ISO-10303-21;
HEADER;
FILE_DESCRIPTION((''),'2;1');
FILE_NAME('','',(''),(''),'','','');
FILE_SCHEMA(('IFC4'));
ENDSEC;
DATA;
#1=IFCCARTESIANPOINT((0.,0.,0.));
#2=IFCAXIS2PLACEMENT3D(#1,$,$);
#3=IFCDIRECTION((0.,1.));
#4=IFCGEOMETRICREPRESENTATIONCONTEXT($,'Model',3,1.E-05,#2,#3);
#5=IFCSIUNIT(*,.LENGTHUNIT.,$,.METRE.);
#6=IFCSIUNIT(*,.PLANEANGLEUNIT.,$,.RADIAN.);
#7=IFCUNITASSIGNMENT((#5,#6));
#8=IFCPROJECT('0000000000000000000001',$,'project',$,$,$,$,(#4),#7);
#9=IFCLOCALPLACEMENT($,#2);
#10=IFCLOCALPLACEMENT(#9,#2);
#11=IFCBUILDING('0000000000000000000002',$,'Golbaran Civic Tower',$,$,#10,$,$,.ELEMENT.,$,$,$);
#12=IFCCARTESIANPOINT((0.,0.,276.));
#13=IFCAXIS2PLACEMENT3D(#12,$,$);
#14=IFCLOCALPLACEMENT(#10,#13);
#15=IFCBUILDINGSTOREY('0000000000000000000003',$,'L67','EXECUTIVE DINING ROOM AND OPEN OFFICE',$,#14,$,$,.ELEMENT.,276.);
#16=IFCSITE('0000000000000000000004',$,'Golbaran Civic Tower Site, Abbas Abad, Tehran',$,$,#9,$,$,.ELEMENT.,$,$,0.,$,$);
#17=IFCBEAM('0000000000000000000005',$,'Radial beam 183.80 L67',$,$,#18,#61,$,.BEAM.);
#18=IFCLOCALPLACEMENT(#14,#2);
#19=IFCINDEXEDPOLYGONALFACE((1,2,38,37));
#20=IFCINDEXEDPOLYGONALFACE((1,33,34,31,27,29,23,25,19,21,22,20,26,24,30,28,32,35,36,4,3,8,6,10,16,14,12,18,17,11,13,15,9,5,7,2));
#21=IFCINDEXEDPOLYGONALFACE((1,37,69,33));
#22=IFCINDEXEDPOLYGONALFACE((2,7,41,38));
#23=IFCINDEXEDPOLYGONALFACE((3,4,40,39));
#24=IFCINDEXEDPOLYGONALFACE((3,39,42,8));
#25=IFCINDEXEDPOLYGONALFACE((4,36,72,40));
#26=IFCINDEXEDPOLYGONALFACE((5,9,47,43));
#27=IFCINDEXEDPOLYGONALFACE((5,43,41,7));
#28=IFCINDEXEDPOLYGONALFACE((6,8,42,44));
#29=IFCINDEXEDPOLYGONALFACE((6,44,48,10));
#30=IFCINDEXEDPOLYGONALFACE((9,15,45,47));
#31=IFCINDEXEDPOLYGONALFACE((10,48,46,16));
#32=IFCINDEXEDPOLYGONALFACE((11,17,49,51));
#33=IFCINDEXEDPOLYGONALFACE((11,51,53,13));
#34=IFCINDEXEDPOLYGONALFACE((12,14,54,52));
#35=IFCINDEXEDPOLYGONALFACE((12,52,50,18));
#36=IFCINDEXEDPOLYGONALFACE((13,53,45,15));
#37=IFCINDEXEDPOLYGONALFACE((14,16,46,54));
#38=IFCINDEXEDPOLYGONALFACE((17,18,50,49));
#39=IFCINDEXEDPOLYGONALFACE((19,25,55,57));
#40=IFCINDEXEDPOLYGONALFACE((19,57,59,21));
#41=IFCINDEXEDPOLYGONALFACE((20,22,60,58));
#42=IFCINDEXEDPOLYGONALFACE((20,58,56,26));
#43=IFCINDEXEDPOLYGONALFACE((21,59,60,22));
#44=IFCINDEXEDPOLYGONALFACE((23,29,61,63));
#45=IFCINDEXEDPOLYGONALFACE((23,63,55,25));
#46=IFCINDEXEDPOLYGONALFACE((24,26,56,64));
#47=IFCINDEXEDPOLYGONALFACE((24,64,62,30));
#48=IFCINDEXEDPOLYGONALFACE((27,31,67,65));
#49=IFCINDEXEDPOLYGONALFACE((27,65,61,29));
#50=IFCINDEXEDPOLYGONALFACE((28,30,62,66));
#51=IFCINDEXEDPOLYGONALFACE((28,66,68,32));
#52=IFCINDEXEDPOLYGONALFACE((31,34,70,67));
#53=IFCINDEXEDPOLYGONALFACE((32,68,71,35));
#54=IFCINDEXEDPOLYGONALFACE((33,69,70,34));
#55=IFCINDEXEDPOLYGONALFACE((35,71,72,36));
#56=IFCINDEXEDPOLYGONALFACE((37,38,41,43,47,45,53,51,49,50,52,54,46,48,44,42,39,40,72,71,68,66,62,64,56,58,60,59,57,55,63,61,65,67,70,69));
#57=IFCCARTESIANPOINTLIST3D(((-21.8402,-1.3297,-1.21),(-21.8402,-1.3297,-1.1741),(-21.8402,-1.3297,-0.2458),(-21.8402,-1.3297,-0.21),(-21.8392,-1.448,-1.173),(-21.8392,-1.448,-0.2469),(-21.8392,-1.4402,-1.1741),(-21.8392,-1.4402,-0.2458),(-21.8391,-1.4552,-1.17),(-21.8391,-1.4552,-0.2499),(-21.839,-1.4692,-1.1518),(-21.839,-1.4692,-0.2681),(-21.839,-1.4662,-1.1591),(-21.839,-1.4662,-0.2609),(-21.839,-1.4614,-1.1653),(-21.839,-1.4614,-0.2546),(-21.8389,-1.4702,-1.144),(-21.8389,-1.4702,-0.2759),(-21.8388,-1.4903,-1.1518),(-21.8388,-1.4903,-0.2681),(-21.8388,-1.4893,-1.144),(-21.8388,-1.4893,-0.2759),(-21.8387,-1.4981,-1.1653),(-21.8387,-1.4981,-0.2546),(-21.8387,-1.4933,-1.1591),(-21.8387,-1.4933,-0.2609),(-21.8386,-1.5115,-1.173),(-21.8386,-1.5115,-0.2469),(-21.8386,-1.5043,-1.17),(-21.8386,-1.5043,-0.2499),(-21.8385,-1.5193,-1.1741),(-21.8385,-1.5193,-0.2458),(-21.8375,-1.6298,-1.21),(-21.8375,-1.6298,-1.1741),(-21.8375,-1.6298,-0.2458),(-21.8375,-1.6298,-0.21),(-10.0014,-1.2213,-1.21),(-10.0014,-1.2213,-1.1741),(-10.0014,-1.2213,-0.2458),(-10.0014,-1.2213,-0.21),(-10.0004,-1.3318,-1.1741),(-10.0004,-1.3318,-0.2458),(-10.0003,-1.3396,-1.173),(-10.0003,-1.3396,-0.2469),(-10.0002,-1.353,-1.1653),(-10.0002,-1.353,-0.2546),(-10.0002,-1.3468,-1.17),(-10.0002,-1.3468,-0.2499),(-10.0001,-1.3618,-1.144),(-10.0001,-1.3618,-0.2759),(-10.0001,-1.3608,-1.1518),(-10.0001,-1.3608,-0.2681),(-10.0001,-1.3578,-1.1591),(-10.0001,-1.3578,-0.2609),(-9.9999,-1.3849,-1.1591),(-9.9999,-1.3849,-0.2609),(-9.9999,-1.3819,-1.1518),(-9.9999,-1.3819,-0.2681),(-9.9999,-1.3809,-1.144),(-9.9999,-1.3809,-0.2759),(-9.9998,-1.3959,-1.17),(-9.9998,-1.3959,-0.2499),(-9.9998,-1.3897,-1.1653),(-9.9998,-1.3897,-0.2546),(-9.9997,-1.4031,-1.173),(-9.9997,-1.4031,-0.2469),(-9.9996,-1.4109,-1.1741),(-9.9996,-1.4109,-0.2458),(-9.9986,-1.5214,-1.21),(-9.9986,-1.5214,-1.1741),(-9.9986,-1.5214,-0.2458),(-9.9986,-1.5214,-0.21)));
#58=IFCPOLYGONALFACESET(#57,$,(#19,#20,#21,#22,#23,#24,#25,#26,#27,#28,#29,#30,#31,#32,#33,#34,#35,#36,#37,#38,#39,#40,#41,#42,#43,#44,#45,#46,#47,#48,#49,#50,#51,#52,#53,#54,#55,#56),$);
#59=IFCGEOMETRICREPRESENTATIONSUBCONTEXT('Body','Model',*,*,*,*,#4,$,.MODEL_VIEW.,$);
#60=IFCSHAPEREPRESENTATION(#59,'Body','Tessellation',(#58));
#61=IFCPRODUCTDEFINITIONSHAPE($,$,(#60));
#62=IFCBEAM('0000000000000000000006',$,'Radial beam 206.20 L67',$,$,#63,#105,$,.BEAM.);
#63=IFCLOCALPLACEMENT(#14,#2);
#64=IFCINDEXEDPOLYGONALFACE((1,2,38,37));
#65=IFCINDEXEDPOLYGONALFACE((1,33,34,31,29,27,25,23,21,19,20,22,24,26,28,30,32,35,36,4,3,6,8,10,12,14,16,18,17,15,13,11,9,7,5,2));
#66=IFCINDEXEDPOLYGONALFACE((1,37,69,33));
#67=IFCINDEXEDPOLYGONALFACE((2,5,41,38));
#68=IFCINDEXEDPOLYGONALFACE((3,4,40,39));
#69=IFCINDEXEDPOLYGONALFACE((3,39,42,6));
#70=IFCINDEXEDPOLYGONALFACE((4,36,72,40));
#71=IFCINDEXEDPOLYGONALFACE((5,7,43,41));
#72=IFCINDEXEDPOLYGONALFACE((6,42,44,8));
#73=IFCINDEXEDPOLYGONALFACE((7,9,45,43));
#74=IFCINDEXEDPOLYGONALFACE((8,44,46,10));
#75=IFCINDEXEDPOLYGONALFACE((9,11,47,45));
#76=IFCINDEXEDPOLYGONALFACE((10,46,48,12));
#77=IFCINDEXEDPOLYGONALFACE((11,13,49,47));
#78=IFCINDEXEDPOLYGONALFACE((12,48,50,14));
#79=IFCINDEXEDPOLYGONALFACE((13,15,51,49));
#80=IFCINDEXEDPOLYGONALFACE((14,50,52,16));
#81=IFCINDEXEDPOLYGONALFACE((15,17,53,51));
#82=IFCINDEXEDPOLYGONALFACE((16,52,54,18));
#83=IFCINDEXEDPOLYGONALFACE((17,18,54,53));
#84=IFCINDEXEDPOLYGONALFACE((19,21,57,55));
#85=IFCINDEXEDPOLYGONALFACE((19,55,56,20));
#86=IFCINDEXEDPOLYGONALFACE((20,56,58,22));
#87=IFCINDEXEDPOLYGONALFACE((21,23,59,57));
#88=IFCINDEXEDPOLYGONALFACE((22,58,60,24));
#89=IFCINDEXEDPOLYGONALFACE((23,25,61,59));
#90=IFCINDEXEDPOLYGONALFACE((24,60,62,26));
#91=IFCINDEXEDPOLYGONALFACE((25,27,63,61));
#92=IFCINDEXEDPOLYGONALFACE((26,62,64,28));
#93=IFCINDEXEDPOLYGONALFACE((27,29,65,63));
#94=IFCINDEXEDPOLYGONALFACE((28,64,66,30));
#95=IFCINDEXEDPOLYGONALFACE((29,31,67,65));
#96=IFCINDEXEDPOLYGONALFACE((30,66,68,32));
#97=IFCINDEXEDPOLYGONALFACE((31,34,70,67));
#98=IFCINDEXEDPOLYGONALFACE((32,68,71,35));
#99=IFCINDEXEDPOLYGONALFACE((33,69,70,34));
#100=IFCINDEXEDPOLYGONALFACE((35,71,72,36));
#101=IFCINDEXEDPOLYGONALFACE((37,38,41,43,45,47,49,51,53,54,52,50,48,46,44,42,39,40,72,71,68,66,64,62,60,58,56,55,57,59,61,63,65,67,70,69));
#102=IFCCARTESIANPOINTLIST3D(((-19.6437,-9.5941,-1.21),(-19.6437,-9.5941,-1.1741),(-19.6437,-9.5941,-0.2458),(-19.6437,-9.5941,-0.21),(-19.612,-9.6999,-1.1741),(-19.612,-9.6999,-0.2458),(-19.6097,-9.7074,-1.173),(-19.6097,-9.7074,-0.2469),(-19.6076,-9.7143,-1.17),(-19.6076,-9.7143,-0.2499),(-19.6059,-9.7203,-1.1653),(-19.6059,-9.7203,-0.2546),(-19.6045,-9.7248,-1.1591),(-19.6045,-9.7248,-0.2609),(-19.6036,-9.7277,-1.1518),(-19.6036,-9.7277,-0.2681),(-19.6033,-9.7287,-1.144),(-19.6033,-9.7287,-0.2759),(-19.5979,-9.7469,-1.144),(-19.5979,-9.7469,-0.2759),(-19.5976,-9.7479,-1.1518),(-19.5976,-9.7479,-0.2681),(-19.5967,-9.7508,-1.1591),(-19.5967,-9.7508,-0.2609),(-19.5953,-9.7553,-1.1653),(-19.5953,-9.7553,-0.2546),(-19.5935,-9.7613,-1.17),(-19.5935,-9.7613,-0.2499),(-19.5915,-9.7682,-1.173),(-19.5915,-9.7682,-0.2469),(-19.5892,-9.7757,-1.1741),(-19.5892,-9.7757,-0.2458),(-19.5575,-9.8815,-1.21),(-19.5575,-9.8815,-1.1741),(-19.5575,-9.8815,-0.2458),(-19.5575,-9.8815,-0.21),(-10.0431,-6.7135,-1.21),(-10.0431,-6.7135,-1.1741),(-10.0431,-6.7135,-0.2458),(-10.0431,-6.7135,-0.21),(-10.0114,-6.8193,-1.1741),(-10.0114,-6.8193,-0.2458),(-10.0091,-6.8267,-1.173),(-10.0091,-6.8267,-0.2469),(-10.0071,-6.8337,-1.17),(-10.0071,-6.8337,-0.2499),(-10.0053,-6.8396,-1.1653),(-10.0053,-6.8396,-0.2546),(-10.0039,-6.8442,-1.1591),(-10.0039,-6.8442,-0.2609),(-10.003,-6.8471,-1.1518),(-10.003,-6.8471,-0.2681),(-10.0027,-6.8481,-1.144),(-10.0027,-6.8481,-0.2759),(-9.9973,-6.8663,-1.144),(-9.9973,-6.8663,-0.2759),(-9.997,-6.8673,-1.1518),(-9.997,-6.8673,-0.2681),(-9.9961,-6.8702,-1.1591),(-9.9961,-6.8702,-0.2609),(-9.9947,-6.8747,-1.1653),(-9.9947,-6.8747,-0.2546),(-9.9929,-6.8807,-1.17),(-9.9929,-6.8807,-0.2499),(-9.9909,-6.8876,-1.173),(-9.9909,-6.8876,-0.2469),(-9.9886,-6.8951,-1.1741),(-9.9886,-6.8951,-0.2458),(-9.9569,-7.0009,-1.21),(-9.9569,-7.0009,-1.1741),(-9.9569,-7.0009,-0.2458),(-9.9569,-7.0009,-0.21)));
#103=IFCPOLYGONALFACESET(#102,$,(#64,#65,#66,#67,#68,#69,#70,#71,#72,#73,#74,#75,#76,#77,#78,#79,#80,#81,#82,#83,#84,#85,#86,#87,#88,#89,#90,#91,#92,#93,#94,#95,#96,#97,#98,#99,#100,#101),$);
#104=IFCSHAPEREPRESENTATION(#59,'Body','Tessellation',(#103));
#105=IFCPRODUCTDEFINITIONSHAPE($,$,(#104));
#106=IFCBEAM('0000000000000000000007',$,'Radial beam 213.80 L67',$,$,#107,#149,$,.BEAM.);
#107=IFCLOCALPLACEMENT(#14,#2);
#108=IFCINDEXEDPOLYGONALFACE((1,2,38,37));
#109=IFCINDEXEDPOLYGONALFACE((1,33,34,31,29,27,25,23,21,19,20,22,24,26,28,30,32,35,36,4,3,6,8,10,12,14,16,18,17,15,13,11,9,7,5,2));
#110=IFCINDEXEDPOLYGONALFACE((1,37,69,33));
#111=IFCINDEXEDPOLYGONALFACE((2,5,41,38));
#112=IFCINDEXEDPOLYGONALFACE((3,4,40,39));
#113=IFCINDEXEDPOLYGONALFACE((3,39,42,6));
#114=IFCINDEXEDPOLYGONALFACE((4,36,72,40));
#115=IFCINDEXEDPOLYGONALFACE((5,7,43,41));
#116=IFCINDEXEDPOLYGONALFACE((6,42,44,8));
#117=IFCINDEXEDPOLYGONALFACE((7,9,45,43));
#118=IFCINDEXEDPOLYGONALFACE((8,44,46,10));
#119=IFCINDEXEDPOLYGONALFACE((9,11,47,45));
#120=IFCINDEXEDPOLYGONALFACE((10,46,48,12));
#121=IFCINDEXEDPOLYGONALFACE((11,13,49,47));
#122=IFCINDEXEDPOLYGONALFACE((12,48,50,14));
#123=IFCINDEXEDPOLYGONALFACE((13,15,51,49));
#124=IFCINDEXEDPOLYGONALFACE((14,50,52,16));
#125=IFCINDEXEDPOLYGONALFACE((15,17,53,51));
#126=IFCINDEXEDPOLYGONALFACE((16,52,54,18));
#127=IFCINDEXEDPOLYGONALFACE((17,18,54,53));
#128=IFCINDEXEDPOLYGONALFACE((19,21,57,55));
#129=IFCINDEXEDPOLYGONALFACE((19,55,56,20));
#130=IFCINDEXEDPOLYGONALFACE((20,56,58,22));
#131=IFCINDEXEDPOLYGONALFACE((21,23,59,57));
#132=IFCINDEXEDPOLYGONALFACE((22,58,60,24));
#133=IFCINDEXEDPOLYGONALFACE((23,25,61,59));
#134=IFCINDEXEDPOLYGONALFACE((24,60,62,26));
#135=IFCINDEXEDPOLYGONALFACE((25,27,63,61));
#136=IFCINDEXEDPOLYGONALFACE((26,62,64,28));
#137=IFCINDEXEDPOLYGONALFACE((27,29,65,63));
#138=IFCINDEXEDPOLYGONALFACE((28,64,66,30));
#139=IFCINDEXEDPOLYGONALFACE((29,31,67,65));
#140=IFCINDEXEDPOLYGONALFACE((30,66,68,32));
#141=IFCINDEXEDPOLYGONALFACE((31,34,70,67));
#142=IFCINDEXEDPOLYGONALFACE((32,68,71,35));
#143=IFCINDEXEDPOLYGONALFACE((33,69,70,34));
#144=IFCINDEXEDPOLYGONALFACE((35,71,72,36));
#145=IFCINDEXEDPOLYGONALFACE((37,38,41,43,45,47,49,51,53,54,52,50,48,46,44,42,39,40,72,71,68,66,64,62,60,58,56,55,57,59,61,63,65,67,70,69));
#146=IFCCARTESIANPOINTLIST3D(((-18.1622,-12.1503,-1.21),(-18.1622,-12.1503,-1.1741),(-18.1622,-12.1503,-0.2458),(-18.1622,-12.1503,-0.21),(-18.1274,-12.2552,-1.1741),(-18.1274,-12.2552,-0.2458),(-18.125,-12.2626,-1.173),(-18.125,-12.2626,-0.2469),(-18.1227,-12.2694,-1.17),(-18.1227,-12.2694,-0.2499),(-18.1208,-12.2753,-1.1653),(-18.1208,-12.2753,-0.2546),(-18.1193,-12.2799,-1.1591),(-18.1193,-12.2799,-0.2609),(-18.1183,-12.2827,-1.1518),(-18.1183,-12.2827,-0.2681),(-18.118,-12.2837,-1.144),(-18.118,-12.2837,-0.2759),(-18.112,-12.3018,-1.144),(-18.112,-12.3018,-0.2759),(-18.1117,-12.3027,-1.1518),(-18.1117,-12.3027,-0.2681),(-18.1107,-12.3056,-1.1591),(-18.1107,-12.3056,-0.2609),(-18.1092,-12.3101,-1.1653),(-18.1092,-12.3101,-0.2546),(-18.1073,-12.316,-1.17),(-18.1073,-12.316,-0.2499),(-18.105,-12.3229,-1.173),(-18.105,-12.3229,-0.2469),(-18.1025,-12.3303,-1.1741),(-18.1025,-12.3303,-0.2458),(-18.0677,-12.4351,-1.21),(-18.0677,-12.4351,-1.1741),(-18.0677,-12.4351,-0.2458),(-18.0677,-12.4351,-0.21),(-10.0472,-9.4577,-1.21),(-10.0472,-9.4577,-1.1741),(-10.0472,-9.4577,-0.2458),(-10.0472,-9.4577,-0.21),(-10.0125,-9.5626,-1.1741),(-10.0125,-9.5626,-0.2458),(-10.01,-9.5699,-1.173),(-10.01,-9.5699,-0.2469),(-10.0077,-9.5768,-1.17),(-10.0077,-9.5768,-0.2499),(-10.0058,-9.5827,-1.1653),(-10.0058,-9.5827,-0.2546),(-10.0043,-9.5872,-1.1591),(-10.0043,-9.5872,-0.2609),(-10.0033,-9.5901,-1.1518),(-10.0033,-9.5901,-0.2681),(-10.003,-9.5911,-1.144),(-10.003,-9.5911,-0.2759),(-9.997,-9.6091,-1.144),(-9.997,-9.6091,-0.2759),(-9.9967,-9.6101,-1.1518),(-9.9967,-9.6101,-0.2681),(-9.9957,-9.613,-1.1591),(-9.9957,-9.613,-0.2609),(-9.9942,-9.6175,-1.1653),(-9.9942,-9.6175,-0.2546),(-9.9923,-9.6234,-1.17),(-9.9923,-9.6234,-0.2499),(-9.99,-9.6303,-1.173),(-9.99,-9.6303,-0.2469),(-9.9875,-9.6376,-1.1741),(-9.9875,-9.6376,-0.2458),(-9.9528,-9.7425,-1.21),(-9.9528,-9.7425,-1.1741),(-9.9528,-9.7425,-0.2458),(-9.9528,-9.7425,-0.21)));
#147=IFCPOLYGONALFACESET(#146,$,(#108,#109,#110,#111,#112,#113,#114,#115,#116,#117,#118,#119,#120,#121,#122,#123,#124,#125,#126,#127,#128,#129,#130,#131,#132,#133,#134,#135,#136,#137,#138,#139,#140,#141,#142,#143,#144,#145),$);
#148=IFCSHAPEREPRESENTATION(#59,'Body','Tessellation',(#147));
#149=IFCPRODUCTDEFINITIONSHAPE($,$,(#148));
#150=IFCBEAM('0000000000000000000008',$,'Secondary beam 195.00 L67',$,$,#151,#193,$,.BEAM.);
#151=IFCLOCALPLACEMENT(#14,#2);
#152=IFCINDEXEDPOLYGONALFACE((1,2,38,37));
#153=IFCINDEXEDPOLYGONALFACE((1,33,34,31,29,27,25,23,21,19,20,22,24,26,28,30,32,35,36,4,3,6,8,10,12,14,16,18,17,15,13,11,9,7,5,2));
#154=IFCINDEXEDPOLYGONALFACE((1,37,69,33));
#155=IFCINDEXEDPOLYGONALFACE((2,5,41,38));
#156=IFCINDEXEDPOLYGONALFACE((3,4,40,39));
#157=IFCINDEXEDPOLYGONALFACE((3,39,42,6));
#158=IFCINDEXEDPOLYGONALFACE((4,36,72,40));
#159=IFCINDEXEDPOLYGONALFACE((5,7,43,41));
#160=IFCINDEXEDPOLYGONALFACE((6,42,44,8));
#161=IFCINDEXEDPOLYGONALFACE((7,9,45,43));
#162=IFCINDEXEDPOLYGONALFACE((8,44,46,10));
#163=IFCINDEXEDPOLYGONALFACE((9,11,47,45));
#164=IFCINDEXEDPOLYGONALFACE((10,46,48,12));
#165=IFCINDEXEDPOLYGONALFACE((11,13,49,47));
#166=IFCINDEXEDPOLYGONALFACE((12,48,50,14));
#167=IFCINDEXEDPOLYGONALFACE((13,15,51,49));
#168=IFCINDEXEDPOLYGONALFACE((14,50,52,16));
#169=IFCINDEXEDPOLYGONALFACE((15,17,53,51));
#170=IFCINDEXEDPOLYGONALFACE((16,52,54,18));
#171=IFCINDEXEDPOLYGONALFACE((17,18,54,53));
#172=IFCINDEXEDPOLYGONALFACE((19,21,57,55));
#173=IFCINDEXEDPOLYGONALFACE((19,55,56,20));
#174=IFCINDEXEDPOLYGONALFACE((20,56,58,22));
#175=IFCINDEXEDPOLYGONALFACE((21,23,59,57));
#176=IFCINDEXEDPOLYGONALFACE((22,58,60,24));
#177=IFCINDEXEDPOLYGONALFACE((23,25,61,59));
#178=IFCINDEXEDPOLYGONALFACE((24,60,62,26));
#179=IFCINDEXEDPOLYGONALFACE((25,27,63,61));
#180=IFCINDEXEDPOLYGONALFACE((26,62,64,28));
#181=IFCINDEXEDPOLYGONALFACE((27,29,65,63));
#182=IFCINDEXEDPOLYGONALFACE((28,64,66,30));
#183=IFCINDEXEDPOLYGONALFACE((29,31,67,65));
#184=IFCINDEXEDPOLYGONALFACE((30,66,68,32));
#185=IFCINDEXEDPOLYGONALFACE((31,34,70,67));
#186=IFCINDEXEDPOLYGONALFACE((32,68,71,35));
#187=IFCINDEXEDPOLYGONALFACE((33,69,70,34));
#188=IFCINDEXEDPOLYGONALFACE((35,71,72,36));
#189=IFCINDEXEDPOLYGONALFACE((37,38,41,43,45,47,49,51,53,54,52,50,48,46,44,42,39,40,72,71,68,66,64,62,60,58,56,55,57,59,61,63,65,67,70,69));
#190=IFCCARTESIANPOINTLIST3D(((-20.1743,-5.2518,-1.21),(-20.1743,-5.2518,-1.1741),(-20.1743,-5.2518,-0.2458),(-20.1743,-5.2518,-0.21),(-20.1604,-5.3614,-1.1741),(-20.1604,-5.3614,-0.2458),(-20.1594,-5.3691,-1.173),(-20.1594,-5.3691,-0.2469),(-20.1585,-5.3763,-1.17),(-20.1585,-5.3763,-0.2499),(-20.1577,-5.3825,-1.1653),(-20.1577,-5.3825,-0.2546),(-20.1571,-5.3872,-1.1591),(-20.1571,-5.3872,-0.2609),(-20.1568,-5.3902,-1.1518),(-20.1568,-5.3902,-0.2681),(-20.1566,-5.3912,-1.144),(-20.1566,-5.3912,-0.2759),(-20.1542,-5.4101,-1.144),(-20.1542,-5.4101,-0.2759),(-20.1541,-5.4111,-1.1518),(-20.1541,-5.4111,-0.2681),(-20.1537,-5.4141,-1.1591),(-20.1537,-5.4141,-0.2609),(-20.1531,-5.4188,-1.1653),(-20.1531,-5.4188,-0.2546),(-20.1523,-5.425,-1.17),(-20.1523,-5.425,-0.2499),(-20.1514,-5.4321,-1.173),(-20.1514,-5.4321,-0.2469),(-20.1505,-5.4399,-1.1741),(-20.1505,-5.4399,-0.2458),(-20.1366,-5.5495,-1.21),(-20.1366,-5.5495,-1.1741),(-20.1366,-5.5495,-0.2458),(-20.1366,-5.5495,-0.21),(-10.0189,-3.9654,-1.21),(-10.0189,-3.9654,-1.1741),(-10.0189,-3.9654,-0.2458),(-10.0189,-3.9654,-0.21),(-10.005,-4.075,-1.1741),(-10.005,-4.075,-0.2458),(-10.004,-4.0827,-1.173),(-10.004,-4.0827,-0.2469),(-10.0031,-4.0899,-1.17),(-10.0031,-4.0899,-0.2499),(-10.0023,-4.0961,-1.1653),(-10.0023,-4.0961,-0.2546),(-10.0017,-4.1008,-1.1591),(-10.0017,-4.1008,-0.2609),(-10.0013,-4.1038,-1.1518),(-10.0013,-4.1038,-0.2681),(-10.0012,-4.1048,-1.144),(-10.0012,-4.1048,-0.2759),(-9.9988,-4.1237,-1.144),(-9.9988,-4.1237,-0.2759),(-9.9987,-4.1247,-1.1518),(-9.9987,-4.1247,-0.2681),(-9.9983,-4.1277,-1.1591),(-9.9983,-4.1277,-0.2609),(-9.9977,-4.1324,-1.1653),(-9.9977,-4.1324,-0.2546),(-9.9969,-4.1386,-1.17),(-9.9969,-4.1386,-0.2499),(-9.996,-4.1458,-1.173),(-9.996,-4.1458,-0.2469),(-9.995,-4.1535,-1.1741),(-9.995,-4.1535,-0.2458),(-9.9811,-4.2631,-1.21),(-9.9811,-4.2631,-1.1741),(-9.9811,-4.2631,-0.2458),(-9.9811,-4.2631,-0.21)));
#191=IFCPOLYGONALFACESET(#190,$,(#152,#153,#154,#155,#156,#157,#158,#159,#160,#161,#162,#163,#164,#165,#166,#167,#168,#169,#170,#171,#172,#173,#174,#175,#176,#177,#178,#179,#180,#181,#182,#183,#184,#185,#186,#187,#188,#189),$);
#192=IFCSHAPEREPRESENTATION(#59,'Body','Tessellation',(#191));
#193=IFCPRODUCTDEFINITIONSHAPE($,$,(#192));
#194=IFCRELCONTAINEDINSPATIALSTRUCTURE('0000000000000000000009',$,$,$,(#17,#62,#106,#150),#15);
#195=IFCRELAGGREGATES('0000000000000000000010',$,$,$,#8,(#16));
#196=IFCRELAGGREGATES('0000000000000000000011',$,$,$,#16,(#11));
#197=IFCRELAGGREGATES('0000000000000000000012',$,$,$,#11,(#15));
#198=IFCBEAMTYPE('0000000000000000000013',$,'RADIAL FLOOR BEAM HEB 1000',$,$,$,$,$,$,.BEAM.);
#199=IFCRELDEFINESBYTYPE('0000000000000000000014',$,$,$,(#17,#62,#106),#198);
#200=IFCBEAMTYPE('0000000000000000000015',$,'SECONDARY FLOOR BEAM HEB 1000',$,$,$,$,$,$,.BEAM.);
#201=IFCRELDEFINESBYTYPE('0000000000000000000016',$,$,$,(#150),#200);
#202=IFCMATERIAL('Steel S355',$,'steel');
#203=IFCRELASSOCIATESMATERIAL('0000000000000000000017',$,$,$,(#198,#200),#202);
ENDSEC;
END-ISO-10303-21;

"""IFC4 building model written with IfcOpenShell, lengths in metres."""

from ifc_helpers import new_model, si_unit, direction, frame, origin, origin_2d, place, context, subcontext, project, spatial, i_section, extrude, material, material_profile, profile_set, type_object, element, save


model = new_model("IFC4")

# Units and contexts
model_context = context("Model", 3, precision=1e-05, world=origin(), true_north=direction((0.0, 1.0)))
body_context = subcontext(model_context, "Body", "Model", "MODEL_VIEW")
ifc_project = project(units=[si_unit("LENGTHUNIT", "METRE"), si_unit("PLANEANGLEUNIT", "RADIAN")], contexts=[model_context])

# Site, building, storey
site_placement = place(None, origin())
site = spatial("IfcSite", under=ifc_project, at=site_placement, Name="Golbaran Civic Tower Site, Abbas Abad, Tehran", CompositionType="ELEMENT", RefElevation=0.0)
building_placement = place(site_placement, origin())
building = spatial("IfcBuilding", under=site, at=building_placement, Name="Golbaran Civic Tower", CompositionType="ELEMENT")
storey_placement = place(building_placement, frame((0.0, 0.0, 276.0)))
storey = spatial("IfcBuildingStorey", under=building, at=storey_placement, Name="L67", Description="EXECUTIVE DINING ROOM AND OPEN OFFICE", CompositionType="ELEMENT", Elevation=276.0)

# Beams
ifc_material_1 = material(Name="Steel S355", Category="steel")
ifc_material_profile_1 = material_profile(ifc_material_1, i_section(OverallWidth=0.3, OverallDepth=1.0, WebThickness=0.019, FlangeThickness=0.0359, FilletRadius=0.03, at=origin_2d()), Name="HEB 1000")
ifc_profile_set_1 = profile_set([ifc_material_profile_1], Name="Steel S355")
beam_type_1 = type_object("IfcBeamType", Name="RADIAL FLOOR BEAM HEB 1000", PredefinedType="BEAM", material=ifc_profile_set_1)
beam_1_placement = place(storey_placement, frame((-10.0, -1.3713, -0.71), z_axis=(-0.999958, -0.009156, 0.0), x_axis=(0.009156, -0.999958, 0.0)))
element("IfcBeam", 1, at=beam_1_placement, inside=storey, type_object=beam_type_1, Name="Radial beam 183.80 L67", PredefinedType="BEAM", context=body_context, shape_type="SweptSolid", body=[
    extrude(i_section(OverallWidth=0.3, OverallDepth=1.0, WebThickness=0.019, FlangeThickness=0.0359, FilletRadius=0.03, at=origin_2d()), origin(), (0.0, 0.0, 1.0), 11.8394),
])
beam_2_placement = place(storey_placement, frame((-10.0, -6.8572, -0.71), z_axis=(-0.957814, -0.287388, 0.0), x_axis=(0.287388, -0.957814, 0.0)))
element("IfcBeam", 2, at=beam_2_placement, inside=storey, type_object=beam_type_1, Name="Radial beam 206.20 L67", PredefinedType="BEAM", context=body_context, shape_type="SweptSolid", body=[
    extrude(i_section(OverallWidth=0.3, OverallDepth=1.0, WebThickness=0.019, FlangeThickness=0.0359, FilletRadius=0.03, at=origin_2d()), origin(), (0.0, 0.0, 1.0), 10.0234),
])
beam_3_placement = place(storey_placement, frame((-10.0, -9.6001, -0.71), z_axis=(-0.949116, -0.314925, 0.0), x_axis=(0.314925, -0.949116, 0.0)))
element("IfcBeam", 3, at=beam_3_placement, inside=storey, type_object=beam_type_1, Name="Radial beam 213.80 L67", PredefinedType="BEAM", context=body_context, shape_type="SweptSolid", body=[
    extrude(i_section(OverallWidth=0.3, OverallDepth=1.0, WebThickness=0.019, FlangeThickness=0.0359, FilletRadius=0.03, at=origin_2d()), origin(), (0.0, 0.0, 1.0), 8.55),
])
ifc_material_profile_2 = material_profile(ifc_material_1, i_section(OverallWidth=0.3, OverallDepth=1.0, WebThickness=0.019, FlangeThickness=0.0359, FilletRadius=0.03, at=origin_2d()), Name="HEB 1000")
ifc_profile_set_2 = profile_set([ifc_material_profile_2], Name="Steel S355")
beam_type_2 = type_object("IfcBeamType", Name="SECONDARY FLOOR BEAM HEB 1000", PredefinedType="BEAM", material=ifc_profile_set_2)
beam_4_placement = place(storey_placement, frame((-10.0, -4.1143, -0.71), z_axis=(-0.992073, -0.125664, 0.0), x_axis=(0.125664, -0.992073, 0.0)))
element("IfcBeam", 4, at=beam_4_placement, inside=storey, type_object=beam_type_2, Name="Secondary beam 195.00 L67", PredefinedType="BEAM", context=body_context, shape_type="SweptSolid", body=[
    extrude(i_section(OverallWidth=0.3, OverallDepth=1.0, WebThickness=0.019, FlangeThickness=0.0359, FilletRadius=0.03, at=origin_2d()), origin(), (0.0, 0.0, 1.0), 10.2366),
])

save(model, "model.ifc")
